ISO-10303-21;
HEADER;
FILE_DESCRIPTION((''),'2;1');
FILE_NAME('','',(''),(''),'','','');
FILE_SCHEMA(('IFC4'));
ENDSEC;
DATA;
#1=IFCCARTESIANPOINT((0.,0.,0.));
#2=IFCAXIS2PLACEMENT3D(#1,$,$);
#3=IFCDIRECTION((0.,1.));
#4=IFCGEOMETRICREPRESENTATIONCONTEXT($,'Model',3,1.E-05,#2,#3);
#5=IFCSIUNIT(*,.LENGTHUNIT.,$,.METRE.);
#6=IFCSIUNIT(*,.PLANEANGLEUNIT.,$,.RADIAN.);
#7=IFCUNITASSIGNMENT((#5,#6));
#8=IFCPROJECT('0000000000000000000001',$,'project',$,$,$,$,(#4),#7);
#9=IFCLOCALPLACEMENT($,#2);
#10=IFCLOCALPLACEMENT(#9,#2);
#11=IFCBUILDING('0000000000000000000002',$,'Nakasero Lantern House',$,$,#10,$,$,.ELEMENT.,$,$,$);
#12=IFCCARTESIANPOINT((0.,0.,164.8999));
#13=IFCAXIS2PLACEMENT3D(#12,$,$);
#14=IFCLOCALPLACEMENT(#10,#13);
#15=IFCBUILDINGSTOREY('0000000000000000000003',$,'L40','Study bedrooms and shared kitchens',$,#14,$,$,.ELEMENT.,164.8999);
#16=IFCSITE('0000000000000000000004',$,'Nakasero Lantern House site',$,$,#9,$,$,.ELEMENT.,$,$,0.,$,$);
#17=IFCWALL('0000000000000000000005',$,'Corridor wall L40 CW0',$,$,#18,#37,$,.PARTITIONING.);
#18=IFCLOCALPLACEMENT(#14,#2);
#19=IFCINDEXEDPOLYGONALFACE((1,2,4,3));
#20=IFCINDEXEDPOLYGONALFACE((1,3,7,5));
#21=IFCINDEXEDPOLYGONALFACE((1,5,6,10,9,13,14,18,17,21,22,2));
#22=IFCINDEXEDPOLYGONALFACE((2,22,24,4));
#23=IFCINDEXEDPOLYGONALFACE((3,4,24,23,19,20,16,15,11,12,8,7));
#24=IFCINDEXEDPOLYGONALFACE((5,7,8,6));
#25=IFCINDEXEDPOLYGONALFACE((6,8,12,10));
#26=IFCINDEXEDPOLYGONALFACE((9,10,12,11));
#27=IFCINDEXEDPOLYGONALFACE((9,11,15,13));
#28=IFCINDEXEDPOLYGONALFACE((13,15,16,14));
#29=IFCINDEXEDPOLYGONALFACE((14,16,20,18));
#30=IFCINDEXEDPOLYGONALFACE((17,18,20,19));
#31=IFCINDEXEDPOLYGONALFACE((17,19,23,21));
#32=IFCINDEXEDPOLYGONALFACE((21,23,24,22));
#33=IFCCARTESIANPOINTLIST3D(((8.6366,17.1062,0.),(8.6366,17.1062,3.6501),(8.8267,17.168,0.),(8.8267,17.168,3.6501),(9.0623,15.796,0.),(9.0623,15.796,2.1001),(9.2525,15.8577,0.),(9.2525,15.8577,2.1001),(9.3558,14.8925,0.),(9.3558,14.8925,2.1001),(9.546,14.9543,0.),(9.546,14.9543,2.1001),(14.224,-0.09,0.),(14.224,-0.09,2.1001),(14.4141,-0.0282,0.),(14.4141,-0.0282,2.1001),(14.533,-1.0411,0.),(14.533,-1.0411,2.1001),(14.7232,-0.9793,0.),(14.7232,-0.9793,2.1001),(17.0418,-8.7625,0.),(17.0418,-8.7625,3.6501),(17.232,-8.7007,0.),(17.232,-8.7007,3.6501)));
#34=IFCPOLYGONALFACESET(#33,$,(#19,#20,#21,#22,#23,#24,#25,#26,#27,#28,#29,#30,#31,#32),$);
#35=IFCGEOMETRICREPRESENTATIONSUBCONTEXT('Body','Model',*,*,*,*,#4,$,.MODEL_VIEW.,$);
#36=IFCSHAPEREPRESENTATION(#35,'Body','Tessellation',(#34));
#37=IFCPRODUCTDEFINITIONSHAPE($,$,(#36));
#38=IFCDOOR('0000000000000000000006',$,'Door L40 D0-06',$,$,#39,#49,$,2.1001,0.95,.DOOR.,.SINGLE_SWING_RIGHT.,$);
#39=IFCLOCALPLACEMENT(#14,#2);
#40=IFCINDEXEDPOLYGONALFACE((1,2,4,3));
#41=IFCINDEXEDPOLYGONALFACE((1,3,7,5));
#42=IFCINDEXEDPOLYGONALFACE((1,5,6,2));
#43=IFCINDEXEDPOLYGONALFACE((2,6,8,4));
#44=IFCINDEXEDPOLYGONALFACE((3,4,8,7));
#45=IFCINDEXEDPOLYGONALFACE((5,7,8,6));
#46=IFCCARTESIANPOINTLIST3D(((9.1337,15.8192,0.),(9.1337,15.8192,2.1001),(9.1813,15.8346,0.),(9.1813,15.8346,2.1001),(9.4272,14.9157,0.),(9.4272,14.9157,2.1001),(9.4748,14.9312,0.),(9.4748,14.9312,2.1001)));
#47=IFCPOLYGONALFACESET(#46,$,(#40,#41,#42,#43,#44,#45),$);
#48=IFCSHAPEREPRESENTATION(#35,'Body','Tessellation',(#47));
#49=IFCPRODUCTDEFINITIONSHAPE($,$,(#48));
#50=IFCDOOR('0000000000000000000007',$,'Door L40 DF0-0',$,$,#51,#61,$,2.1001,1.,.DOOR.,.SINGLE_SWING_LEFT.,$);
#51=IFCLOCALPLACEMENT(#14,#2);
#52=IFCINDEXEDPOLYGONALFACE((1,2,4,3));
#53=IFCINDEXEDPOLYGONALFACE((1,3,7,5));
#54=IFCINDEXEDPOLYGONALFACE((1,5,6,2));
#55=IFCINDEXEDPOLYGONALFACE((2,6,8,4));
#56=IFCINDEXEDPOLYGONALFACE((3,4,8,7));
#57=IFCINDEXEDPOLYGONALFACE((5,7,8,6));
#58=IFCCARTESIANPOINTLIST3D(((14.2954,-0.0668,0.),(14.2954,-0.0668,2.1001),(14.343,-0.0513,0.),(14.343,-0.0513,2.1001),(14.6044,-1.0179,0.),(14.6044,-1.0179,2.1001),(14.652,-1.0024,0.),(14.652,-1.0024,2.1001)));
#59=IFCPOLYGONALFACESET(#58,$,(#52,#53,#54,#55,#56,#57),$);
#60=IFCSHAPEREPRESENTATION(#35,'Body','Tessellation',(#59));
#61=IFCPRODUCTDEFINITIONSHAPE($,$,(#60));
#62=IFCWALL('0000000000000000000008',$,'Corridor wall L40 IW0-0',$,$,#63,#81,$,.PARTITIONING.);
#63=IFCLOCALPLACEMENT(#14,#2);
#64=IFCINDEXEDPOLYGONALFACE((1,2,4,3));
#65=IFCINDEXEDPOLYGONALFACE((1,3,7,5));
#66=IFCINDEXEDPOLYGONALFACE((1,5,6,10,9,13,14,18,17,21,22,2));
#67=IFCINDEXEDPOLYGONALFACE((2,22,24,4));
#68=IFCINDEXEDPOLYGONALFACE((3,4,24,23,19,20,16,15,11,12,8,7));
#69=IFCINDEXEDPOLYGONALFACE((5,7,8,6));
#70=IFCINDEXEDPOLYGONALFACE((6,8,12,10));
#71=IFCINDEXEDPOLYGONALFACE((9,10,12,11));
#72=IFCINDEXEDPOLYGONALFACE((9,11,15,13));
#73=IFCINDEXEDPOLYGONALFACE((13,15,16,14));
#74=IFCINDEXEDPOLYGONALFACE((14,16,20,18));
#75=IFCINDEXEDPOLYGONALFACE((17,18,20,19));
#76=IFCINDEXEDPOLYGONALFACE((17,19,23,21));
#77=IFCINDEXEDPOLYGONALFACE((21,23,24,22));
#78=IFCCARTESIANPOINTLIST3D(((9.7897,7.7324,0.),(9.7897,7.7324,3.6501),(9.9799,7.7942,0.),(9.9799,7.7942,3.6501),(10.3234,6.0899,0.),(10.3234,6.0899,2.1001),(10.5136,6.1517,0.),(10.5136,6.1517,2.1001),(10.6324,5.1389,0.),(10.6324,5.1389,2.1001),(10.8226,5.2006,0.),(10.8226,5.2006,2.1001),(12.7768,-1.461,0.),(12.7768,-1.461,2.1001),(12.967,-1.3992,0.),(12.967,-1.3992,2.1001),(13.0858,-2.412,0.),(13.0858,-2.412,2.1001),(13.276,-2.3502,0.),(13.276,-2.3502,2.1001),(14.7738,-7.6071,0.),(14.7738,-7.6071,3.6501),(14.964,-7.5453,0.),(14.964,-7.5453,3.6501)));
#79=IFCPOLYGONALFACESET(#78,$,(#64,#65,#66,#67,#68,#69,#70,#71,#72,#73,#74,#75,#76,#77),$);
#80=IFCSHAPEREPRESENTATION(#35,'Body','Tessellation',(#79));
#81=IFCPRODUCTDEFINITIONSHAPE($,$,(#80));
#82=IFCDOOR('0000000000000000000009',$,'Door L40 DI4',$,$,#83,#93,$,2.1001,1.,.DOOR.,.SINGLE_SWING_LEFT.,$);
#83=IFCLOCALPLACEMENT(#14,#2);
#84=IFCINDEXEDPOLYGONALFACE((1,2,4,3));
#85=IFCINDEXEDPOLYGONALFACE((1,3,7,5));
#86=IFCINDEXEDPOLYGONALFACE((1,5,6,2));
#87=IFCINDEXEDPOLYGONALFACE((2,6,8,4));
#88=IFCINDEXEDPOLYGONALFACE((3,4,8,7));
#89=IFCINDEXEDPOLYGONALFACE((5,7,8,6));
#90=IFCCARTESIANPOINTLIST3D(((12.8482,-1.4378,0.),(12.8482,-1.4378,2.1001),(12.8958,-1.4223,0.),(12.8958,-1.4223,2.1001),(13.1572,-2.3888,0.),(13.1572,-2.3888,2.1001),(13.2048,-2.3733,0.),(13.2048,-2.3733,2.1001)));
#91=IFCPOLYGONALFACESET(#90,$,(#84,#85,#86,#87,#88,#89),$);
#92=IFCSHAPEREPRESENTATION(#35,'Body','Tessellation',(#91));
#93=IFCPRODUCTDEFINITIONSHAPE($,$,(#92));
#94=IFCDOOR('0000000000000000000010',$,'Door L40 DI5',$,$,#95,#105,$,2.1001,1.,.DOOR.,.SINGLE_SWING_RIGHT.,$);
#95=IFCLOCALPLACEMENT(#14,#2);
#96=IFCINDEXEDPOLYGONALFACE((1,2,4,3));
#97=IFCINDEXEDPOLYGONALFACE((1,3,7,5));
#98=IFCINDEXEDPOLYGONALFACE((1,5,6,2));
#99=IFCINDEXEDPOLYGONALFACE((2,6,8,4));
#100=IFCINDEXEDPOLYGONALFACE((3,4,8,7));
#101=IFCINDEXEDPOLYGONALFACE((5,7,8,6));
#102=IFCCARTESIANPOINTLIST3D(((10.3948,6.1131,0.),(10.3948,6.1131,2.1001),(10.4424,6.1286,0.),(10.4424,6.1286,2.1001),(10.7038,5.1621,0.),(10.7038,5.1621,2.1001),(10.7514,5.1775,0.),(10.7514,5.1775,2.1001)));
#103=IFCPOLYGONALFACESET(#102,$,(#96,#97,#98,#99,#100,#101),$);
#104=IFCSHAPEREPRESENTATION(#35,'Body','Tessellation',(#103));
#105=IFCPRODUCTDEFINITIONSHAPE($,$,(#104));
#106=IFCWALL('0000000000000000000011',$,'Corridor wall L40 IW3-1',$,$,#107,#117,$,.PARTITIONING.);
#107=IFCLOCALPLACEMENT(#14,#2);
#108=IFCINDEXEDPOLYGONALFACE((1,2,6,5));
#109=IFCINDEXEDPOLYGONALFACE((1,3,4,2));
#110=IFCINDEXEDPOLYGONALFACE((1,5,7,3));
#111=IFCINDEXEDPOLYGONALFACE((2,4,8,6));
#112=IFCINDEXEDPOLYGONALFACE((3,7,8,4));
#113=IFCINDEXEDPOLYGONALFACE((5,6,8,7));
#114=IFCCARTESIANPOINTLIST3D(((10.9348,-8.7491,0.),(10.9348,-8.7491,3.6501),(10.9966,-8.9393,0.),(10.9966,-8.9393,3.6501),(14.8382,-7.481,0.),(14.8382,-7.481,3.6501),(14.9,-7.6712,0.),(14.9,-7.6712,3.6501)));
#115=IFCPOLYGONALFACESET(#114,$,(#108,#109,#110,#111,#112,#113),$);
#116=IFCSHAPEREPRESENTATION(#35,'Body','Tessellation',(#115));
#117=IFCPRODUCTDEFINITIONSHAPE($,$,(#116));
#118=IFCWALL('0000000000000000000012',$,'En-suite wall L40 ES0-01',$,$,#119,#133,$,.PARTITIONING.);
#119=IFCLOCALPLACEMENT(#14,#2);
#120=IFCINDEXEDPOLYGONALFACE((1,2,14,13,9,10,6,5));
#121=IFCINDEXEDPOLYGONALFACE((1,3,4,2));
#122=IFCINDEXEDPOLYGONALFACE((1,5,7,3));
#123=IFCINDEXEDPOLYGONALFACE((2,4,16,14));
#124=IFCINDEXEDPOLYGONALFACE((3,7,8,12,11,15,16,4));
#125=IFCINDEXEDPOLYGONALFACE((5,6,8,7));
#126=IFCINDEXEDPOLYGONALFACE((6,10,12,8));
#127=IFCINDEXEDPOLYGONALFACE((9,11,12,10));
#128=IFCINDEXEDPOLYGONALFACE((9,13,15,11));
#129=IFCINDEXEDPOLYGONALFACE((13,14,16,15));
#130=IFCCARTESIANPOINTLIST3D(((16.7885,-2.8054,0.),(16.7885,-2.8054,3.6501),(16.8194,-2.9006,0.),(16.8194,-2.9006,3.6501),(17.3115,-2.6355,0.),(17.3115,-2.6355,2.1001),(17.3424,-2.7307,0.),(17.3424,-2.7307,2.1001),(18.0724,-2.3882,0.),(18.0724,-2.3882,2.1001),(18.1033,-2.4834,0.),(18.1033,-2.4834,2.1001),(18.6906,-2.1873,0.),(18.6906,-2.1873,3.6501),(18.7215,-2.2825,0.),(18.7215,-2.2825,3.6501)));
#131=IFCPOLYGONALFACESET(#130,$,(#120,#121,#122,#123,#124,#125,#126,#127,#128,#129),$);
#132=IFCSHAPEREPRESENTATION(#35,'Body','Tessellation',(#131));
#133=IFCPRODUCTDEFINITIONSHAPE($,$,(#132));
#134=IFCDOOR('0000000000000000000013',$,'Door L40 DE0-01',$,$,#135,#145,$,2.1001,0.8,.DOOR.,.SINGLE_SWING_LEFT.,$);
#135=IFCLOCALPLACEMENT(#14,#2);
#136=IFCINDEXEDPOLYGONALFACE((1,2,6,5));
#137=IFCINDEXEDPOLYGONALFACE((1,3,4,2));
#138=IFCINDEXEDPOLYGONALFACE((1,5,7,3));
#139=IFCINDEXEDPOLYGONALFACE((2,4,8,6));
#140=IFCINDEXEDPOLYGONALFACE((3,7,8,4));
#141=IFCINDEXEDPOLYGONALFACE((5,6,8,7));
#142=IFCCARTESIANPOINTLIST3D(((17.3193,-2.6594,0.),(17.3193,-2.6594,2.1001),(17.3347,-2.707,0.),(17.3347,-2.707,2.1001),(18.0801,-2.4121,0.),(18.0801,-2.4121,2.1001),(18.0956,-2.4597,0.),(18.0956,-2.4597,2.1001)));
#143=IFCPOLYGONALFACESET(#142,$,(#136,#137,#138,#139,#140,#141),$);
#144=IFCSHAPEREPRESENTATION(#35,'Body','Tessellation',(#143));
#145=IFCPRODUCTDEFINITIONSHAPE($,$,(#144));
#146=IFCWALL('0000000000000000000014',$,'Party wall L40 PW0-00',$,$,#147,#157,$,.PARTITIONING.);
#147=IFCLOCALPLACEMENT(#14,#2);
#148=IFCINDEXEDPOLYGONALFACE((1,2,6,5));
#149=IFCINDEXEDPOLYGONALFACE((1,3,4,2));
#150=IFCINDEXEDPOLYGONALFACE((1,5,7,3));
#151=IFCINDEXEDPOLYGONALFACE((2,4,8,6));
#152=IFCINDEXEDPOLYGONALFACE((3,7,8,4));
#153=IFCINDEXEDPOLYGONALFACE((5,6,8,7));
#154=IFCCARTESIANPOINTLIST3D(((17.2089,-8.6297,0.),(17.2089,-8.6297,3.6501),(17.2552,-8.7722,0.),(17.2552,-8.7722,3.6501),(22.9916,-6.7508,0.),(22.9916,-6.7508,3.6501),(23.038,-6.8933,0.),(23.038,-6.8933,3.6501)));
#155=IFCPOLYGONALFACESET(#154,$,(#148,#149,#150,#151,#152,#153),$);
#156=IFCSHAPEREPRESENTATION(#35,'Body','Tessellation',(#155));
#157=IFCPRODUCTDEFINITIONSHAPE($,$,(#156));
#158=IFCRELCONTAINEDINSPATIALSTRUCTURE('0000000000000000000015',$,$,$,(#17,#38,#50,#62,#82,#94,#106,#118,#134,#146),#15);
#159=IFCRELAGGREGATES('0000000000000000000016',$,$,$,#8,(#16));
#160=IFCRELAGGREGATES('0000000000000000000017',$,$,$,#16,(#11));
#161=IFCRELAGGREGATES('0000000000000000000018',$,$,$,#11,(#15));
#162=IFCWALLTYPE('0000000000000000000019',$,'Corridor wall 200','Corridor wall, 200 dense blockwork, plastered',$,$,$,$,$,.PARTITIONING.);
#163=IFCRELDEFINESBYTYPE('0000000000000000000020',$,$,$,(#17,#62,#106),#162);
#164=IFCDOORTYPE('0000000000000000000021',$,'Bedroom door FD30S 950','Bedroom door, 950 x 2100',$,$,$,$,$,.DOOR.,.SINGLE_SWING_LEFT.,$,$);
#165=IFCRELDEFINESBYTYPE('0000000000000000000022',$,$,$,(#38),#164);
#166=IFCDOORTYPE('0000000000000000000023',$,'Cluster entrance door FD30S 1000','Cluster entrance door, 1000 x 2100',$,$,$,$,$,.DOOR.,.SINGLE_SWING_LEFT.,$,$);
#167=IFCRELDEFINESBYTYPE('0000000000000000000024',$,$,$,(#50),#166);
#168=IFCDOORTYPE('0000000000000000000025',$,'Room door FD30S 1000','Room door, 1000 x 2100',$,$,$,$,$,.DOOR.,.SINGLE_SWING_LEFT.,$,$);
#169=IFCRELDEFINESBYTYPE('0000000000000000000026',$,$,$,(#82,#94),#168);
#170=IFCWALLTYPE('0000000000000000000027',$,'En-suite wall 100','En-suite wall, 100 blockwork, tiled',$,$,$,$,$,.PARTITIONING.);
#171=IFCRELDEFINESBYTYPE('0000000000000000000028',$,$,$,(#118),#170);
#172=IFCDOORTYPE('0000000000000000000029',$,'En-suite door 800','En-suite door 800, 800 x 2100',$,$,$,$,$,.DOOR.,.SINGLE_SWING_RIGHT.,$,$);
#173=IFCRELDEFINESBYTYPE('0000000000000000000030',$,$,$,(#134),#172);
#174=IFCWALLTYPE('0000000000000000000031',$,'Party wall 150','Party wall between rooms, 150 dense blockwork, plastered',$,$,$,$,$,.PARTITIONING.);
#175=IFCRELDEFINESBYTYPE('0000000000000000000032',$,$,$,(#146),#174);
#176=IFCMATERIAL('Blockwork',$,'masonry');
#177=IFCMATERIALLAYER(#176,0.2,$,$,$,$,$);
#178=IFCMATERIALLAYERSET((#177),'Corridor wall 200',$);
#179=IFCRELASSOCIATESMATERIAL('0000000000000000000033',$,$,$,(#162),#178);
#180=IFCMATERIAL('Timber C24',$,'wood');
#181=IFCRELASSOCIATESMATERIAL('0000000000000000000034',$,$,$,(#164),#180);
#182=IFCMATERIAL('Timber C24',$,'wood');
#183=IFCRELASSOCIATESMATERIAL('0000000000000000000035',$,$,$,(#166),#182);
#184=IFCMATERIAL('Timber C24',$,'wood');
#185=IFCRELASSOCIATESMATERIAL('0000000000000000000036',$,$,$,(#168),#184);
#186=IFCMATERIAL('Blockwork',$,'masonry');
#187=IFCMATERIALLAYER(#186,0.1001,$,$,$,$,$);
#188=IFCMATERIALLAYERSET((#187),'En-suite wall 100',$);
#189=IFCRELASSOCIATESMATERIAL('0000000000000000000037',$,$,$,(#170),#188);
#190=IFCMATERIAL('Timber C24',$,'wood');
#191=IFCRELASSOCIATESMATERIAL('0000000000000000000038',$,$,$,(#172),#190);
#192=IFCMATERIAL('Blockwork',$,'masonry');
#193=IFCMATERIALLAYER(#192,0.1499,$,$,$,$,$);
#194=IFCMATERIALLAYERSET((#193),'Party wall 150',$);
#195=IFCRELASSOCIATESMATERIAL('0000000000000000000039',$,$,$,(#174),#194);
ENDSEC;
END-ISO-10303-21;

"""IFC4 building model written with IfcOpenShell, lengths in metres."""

from ifc_helpers import new_model, si_unit, direction, frame, frame_2d, origin, place, context, subcontext, project, spatial, rectangle, extrude, material, layer, layer_set, type_object, element, fill, save


model = new_model("IFC4")

# Units and contexts
model_context = context("Model", 3, precision=1e-05, world=origin(), true_north=direction((0.0, 1.0)))
body_context = subcontext(model_context, "Body", "Model", "MODEL_VIEW")
ifc_project = project(units=[si_unit("LENGTHUNIT", "METRE"), si_unit("PLANEANGLEUNIT", "RADIAN")], contexts=[model_context])

# Site, building, storey
site_placement = place(None, origin())
site = spatial("IfcSite", under=ifc_project, at=site_placement, Name="Nakasero Lantern House site", CompositionType="ELEMENT", RefElevation=0.0)
building_placement = place(site_placement, origin())
building = spatial("IfcBuilding", under=site, at=building_placement, Name="Nakasero Lantern House", CompositionType="ELEMENT")
storey_placement = place(building_placement, frame((0.0, 0.0, 164.8999)))
storey = spatial("IfcBuildingStorey", under=building, at=storey_placement, Name="L40", Description="Study bedrooms and shared kitchens", CompositionType="ELEMENT", Elevation=164.8999)

# Walls, openings, doors
ifc_material_1 = material(Name="Blockwork", Category="masonry")
ifc_layer_1 = layer(ifc_material_1, 0.2)
ifc_layer_set_1 = layer_set([ifc_layer_1], Name="Corridor wall 200")
wall_type_1 = type_object("IfcWallType", Name="Corridor wall 200", Description="Corridor wall, 200 dense blockwork, plastered", PredefinedType="PARTITIONING", material=ifc_layer_set_1)
wall_1_placement = place(storey_placement, frame((17.137, -8.7317, 0.0), z_axis=(0.0, 0.0, 1.0), x_axis=(-0.309018, 0.951056, 0.0)))
wall_1 = element("IfcWall", 1, at=wall_1_placement, inside=storey, type_object=wall_type_1, Name="Corridor wall L40 CW0", PredefinedType="PARTITIONING", context=body_context, shape_type="SweptSolid", body=[
    extrude(rectangle(XDim=27.2, YDim=0.2, at=frame_2d((13.6001, 0.0))), origin(), (0.0, 0.0, 1.0), 3.6501),
])
opening_1_placement = place(wall_1_placement, frame((8.1189, 0.0, 0.0)))
opening_1 = element("IfcOpeningElement", 2, at=opening_1_placement, cuts=wall_1, PredefinedType="OPENING", context=body_context, shape_type="SweptSolid", body=[
    extrude(rectangle(XDim=1.0, YDim=2.1001, at=frame_2d((0.5, 1.05))), frame((0.0, 0.1199, 0.0), z_axis=(0.0, -1.0, 0.0), x_axis=(1.0, 0.0, 0.0)), (0.0, 0.0, 1.0), 0.24),
])
opening_2_placement = place(wall_1_placement, frame((24.8723, 0.0, 0.0)))
opening_2 = element("IfcOpeningElement", 3, at=opening_2_placement, cuts=wall_1, PredefinedType="OPENING", context=body_context, shape_type="SweptSolid", body=[
    extrude(rectangle(XDim=0.95, YDim=2.1001, at=frame_2d((0.4751, 1.05))), frame((0.0, 0.1199, 0.0), z_axis=(0.0, -1.0, 0.0), x_axis=(1.0, 0.0, 0.0)), (0.0, 0.0, 1.0), 0.24),
])
ifc_material_2 = material(Name="Timber C24", Category="wood")
door_type_1 = type_object("IfcDoorType", Name="Bedroom door FD30S 950", Description="Bedroom door, 950 x 2100", OperationType="SINGLE_SWING_LEFT", PredefinedType="DOOR", material=ifc_material_2)
door_1_placement = place(opening_2_placement, origin())
door_1 = element("IfcDoor", 4, at=door_1_placement, inside=storey, type_object=door_type_1, Name="Door L40 D0-06", OperationType="SINGLE_SWING_RIGHT", OverallHeight=2.1001, OverallWidth=0.95, PredefinedType="DOOR", context=body_context, shape_type="SweptSolid", body=[
    extrude(rectangle(XDim=0.95, YDim=2.1001, at=frame_2d((0.4751, 1.05))), frame((0.0, 0.0249, 0.0), z_axis=(0.0, -1.0, 0.0), x_axis=(1.0, 0.0, 0.0)), (0.0, 0.0, 1.0), 0.05),
])
fill(opening_2, door_1)
ifc_material_3 = material(Name="Timber C24", Category="wood")
door_type_2 = type_object("IfcDoorType", Name="Cluster entrance door FD30S 1000", Description="Cluster entrance door, 1000 x 2100", OperationType="SINGLE_SWING_LEFT", PredefinedType="DOOR", material=ifc_material_3)
door_2_placement = place(opening_1_placement, origin())
door_2 = element("IfcDoor", 5, at=door_2_placement, inside=storey, type_object=door_type_2, Name="Door L40 DF0-0", OperationType="SINGLE_SWING_LEFT", OverallHeight=2.1001, OverallWidth=1.0, PredefinedType="DOOR", context=body_context, shape_type="SweptSolid", body=[
    extrude(rectangle(XDim=1.0, YDim=2.1001, at=frame_2d((0.5, 1.05))), frame((0.0, 0.0249, 0.0), z_axis=(0.0, -1.0, 0.0), x_axis=(1.0, 0.0, 0.0)), (0.0, 0.0, 1.0), 0.05),
])
fill(opening_1, door_2)
wall_2_placement = place(storey_placement, frame((14.8689, -7.5762, 0.0), z_axis=(0.0, 0.0, 1.0), x_axis=(-0.309017, 0.951057, 0.0)))
wall_2 = element("IfcWall", 6, at=wall_2_placement, inside=storey, type_object=wall_type_1, Name="Corridor wall L40 IW0-0", PredefinedType="PARTITIONING", context=body_context, shape_type="SweptSolid", body=[
    extrude(rectangle(XDim=16.1289, YDim=0.2, at=frame_2d((8.0645, 0.0))), origin(), (0.0, 0.0, 1.0), 3.6501),
])
opening_3_placement = place(wall_2_placement, frame((5.4624, 0.0, 0.0)))
opening_3 = element("IfcOpeningElement", 7, at=opening_3_placement, cuts=wall_2, PredefinedType="OPENING", context=body_context, shape_type="SweptSolid", body=[
    extrude(rectangle(XDim=1.0, YDim=2.1001, at=frame_2d((0.5, 1.05))), frame((0.0, 0.1199, 0.0), z_axis=(0.0, -1.0, 0.0), x_axis=(1.0, 0.0, 0.0)), (0.0, 0.0, 1.0), 0.24),
])
opening_4_placement = place(wall_2_placement, frame((13.4019, 0.0, 0.0)))
opening_4 = element("IfcOpeningElement", 8, at=opening_4_placement, cuts=wall_2, PredefinedType="OPENING", context=body_context, shape_type="SweptSolid", body=[
    extrude(rectangle(XDim=1.0, YDim=2.1001, at=frame_2d((0.5, 1.05))), frame((0.0, 0.1199, 0.0), z_axis=(0.0, -1.0, 0.0), x_axis=(1.0, 0.0, 0.0)), (0.0, 0.0, 1.0), 0.24),
])
ifc_material_4 = material(Name="Timber C24", Category="wood")
door_type_3 = type_object("IfcDoorType", Name="Room door FD30S 1000", Description="Room door, 1000 x 2100", OperationType="SINGLE_SWING_LEFT", PredefinedType="DOOR", material=ifc_material_4)
door_3_placement = place(opening_3_placement, origin())
door_3 = element("IfcDoor", 9, at=door_3_placement, inside=storey, type_object=door_type_3, Name="Door L40 DI4", OperationType="SINGLE_SWING_LEFT", OverallHeight=2.1001, OverallWidth=1.0, PredefinedType="DOOR", context=body_context, shape_type="SweptSolid", body=[
    extrude(rectangle(XDim=1.0, YDim=2.1001, at=frame_2d((0.5, 1.05))), frame((0.0, 0.0249, 0.0), z_axis=(0.0, -1.0, 0.0), x_axis=(1.0, 0.0, 0.0)), (0.0, 0.0, 1.0), 0.05),
])
fill(opening_3, door_3)
door_4_placement = place(opening_4_placement, origin())
door_4 = element("IfcDoor", 10, at=door_4_placement, inside=storey, type_object=door_type_3, Name="Door L40 DI5", OperationType="SINGLE_SWING_RIGHT", OverallHeight=2.1001, OverallWidth=1.0, PredefinedType="DOOR", context=body_context, shape_type="SweptSolid", body=[
    extrude(rectangle(XDim=1.0, YDim=2.1001, at=frame_2d((0.5, 1.05))), frame((0.0, 0.0249, 0.0), z_axis=(0.0, -1.0, 0.0), x_axis=(1.0, 0.0, 0.0)), (0.0, 0.0, 1.0), 0.05),
])
fill(opening_4, door_4)

# Wall
wall_3_placement = place(storey_placement, frame((10.9656, -8.8442, 0.0), z_axis=(0.0, 0.0, 1.0), x_axis=(0.951071, 0.308973, 0.0)))
element("IfcWall", 11, at=wall_3_placement, inside=storey, type_object=wall_type_1, Name="Corridor wall L40 IW3-1", PredefinedType="PARTITIONING", context=body_context, shape_type="SweptSolid", body=[
    extrude(rectangle(XDim=4.1042, YDim=0.2, at=frame_2d((2.0522, 0.0))), origin(), (0.0, 0.0, 1.0), 3.6501),
])

# Wall, opening, door
ifc_material_5 = material(Name="Blockwork", Category="masonry")
ifc_layer_2 = layer(ifc_material_5, 0.1001)
ifc_layer_set_2 = layer_set([ifc_layer_2], Name="En-suite wall 100")
wall_type_2 = type_object("IfcWallType", Name="En-suite wall 100", Description="En-suite wall, 100 blockwork, tiled", PredefinedType="PARTITIONING", material=ifc_layer_set_2)
wall_4_placement = place(storey_placement, frame((16.804, -2.853, 0.0), z_axis=(0.0, 0.0, 1.0), x_axis=(0.951037, 0.309078, 0.0)))
wall_4 = element("IfcWall", 12, at=wall_4_placement, inside=storey, type_object=wall_type_2, Name="En-suite wall L40 ES0-01", PredefinedType="PARTITIONING", context=body_context, shape_type="SweptSolid", body=[
    extrude(rectangle(XDim=2.0, YDim=0.1001, at=frame_2d((1.0, 0.0))), origin(), (0.0, 0.0, 1.0), 3.6501),
])
opening_5_placement = place(wall_4_placement, frame((0.55, 0.0, 0.0)))
opening_5 = element("IfcOpeningElement", 13, at=opening_5_placement, cuts=wall_4, PredefinedType="OPENING", context=body_context, shape_type="SweptSolid", body=[
    extrude(rectangle(XDim=0.8, YDim=2.1001, at=frame_2d((0.3999, 1.05))), frame((0.0, 0.0701, 0.0), z_axis=(0.0, -1.0, 0.0), x_axis=(1.0, 0.0, 0.0)), (0.0, 0.0, 1.0), 0.1401),
])
ifc_material_6 = material(Name="Timber C24", Category="wood")
door_type_4 = type_object("IfcDoorType", Name="En-suite door 800", Description="En-suite door 800, 800 x 2100", OperationType="SINGLE_SWING_RIGHT", PredefinedType="DOOR", material=ifc_material_6)
door_5_placement = place(opening_5_placement, origin())
door_5 = element("IfcDoor", 14, at=door_5_placement, inside=storey, type_object=door_type_4, Name="Door L40 DE0-01", OperationType="SINGLE_SWING_LEFT", OverallHeight=2.1001, OverallWidth=0.8, PredefinedType="DOOR", context=body_context, shape_type="SweptSolid", body=[
    extrude(rectangle(XDim=0.8, YDim=2.1001, at=frame_2d((0.3999, 1.05))), frame((0.0, 0.0249, 0.0), z_axis=(0.0, -1.0, 0.0), x_axis=(1.0, 0.0, 0.0)), (0.0, 0.0, 1.0), 0.05),
])
fill(opening_5, door_5)

# Wall
ifc_material_7 = material(Name="Blockwork", Category="masonry")
ifc_layer_3 = layer(ifc_material_7, 0.1499)
ifc_layer_set_3 = layer_set([ifc_layer_3], Name="Party wall 150")
wall_type_3 = type_object("IfcWallType", Name="Party wall 150", Description="Party wall between rooms, 150 dense blockwork, plastered", PredefinedType="PARTITIONING", material=ifc_layer_set_3)
wall_5_placement = place(storey_placement, frame((17.2322, -8.7009, 0.0), z_axis=(0.0, 0.0, 1.0), x_axis=(0.951057, 0.309015, 0.0)))
element("IfcWall", 15, at=wall_5_placement, inside=storey, type_object=wall_type_3, Name="Party wall L40 PW0-00", PredefinedType="PARTITIONING", context=body_context, shape_type="SweptSolid", body=[
    extrude(rectangle(XDim=6.0803, YDim=0.1499, at=frame_2d((3.04, 0.0))), origin(), (0.0, 0.0, 1.0), 3.6501),
])

save(model, "model.ifc")
